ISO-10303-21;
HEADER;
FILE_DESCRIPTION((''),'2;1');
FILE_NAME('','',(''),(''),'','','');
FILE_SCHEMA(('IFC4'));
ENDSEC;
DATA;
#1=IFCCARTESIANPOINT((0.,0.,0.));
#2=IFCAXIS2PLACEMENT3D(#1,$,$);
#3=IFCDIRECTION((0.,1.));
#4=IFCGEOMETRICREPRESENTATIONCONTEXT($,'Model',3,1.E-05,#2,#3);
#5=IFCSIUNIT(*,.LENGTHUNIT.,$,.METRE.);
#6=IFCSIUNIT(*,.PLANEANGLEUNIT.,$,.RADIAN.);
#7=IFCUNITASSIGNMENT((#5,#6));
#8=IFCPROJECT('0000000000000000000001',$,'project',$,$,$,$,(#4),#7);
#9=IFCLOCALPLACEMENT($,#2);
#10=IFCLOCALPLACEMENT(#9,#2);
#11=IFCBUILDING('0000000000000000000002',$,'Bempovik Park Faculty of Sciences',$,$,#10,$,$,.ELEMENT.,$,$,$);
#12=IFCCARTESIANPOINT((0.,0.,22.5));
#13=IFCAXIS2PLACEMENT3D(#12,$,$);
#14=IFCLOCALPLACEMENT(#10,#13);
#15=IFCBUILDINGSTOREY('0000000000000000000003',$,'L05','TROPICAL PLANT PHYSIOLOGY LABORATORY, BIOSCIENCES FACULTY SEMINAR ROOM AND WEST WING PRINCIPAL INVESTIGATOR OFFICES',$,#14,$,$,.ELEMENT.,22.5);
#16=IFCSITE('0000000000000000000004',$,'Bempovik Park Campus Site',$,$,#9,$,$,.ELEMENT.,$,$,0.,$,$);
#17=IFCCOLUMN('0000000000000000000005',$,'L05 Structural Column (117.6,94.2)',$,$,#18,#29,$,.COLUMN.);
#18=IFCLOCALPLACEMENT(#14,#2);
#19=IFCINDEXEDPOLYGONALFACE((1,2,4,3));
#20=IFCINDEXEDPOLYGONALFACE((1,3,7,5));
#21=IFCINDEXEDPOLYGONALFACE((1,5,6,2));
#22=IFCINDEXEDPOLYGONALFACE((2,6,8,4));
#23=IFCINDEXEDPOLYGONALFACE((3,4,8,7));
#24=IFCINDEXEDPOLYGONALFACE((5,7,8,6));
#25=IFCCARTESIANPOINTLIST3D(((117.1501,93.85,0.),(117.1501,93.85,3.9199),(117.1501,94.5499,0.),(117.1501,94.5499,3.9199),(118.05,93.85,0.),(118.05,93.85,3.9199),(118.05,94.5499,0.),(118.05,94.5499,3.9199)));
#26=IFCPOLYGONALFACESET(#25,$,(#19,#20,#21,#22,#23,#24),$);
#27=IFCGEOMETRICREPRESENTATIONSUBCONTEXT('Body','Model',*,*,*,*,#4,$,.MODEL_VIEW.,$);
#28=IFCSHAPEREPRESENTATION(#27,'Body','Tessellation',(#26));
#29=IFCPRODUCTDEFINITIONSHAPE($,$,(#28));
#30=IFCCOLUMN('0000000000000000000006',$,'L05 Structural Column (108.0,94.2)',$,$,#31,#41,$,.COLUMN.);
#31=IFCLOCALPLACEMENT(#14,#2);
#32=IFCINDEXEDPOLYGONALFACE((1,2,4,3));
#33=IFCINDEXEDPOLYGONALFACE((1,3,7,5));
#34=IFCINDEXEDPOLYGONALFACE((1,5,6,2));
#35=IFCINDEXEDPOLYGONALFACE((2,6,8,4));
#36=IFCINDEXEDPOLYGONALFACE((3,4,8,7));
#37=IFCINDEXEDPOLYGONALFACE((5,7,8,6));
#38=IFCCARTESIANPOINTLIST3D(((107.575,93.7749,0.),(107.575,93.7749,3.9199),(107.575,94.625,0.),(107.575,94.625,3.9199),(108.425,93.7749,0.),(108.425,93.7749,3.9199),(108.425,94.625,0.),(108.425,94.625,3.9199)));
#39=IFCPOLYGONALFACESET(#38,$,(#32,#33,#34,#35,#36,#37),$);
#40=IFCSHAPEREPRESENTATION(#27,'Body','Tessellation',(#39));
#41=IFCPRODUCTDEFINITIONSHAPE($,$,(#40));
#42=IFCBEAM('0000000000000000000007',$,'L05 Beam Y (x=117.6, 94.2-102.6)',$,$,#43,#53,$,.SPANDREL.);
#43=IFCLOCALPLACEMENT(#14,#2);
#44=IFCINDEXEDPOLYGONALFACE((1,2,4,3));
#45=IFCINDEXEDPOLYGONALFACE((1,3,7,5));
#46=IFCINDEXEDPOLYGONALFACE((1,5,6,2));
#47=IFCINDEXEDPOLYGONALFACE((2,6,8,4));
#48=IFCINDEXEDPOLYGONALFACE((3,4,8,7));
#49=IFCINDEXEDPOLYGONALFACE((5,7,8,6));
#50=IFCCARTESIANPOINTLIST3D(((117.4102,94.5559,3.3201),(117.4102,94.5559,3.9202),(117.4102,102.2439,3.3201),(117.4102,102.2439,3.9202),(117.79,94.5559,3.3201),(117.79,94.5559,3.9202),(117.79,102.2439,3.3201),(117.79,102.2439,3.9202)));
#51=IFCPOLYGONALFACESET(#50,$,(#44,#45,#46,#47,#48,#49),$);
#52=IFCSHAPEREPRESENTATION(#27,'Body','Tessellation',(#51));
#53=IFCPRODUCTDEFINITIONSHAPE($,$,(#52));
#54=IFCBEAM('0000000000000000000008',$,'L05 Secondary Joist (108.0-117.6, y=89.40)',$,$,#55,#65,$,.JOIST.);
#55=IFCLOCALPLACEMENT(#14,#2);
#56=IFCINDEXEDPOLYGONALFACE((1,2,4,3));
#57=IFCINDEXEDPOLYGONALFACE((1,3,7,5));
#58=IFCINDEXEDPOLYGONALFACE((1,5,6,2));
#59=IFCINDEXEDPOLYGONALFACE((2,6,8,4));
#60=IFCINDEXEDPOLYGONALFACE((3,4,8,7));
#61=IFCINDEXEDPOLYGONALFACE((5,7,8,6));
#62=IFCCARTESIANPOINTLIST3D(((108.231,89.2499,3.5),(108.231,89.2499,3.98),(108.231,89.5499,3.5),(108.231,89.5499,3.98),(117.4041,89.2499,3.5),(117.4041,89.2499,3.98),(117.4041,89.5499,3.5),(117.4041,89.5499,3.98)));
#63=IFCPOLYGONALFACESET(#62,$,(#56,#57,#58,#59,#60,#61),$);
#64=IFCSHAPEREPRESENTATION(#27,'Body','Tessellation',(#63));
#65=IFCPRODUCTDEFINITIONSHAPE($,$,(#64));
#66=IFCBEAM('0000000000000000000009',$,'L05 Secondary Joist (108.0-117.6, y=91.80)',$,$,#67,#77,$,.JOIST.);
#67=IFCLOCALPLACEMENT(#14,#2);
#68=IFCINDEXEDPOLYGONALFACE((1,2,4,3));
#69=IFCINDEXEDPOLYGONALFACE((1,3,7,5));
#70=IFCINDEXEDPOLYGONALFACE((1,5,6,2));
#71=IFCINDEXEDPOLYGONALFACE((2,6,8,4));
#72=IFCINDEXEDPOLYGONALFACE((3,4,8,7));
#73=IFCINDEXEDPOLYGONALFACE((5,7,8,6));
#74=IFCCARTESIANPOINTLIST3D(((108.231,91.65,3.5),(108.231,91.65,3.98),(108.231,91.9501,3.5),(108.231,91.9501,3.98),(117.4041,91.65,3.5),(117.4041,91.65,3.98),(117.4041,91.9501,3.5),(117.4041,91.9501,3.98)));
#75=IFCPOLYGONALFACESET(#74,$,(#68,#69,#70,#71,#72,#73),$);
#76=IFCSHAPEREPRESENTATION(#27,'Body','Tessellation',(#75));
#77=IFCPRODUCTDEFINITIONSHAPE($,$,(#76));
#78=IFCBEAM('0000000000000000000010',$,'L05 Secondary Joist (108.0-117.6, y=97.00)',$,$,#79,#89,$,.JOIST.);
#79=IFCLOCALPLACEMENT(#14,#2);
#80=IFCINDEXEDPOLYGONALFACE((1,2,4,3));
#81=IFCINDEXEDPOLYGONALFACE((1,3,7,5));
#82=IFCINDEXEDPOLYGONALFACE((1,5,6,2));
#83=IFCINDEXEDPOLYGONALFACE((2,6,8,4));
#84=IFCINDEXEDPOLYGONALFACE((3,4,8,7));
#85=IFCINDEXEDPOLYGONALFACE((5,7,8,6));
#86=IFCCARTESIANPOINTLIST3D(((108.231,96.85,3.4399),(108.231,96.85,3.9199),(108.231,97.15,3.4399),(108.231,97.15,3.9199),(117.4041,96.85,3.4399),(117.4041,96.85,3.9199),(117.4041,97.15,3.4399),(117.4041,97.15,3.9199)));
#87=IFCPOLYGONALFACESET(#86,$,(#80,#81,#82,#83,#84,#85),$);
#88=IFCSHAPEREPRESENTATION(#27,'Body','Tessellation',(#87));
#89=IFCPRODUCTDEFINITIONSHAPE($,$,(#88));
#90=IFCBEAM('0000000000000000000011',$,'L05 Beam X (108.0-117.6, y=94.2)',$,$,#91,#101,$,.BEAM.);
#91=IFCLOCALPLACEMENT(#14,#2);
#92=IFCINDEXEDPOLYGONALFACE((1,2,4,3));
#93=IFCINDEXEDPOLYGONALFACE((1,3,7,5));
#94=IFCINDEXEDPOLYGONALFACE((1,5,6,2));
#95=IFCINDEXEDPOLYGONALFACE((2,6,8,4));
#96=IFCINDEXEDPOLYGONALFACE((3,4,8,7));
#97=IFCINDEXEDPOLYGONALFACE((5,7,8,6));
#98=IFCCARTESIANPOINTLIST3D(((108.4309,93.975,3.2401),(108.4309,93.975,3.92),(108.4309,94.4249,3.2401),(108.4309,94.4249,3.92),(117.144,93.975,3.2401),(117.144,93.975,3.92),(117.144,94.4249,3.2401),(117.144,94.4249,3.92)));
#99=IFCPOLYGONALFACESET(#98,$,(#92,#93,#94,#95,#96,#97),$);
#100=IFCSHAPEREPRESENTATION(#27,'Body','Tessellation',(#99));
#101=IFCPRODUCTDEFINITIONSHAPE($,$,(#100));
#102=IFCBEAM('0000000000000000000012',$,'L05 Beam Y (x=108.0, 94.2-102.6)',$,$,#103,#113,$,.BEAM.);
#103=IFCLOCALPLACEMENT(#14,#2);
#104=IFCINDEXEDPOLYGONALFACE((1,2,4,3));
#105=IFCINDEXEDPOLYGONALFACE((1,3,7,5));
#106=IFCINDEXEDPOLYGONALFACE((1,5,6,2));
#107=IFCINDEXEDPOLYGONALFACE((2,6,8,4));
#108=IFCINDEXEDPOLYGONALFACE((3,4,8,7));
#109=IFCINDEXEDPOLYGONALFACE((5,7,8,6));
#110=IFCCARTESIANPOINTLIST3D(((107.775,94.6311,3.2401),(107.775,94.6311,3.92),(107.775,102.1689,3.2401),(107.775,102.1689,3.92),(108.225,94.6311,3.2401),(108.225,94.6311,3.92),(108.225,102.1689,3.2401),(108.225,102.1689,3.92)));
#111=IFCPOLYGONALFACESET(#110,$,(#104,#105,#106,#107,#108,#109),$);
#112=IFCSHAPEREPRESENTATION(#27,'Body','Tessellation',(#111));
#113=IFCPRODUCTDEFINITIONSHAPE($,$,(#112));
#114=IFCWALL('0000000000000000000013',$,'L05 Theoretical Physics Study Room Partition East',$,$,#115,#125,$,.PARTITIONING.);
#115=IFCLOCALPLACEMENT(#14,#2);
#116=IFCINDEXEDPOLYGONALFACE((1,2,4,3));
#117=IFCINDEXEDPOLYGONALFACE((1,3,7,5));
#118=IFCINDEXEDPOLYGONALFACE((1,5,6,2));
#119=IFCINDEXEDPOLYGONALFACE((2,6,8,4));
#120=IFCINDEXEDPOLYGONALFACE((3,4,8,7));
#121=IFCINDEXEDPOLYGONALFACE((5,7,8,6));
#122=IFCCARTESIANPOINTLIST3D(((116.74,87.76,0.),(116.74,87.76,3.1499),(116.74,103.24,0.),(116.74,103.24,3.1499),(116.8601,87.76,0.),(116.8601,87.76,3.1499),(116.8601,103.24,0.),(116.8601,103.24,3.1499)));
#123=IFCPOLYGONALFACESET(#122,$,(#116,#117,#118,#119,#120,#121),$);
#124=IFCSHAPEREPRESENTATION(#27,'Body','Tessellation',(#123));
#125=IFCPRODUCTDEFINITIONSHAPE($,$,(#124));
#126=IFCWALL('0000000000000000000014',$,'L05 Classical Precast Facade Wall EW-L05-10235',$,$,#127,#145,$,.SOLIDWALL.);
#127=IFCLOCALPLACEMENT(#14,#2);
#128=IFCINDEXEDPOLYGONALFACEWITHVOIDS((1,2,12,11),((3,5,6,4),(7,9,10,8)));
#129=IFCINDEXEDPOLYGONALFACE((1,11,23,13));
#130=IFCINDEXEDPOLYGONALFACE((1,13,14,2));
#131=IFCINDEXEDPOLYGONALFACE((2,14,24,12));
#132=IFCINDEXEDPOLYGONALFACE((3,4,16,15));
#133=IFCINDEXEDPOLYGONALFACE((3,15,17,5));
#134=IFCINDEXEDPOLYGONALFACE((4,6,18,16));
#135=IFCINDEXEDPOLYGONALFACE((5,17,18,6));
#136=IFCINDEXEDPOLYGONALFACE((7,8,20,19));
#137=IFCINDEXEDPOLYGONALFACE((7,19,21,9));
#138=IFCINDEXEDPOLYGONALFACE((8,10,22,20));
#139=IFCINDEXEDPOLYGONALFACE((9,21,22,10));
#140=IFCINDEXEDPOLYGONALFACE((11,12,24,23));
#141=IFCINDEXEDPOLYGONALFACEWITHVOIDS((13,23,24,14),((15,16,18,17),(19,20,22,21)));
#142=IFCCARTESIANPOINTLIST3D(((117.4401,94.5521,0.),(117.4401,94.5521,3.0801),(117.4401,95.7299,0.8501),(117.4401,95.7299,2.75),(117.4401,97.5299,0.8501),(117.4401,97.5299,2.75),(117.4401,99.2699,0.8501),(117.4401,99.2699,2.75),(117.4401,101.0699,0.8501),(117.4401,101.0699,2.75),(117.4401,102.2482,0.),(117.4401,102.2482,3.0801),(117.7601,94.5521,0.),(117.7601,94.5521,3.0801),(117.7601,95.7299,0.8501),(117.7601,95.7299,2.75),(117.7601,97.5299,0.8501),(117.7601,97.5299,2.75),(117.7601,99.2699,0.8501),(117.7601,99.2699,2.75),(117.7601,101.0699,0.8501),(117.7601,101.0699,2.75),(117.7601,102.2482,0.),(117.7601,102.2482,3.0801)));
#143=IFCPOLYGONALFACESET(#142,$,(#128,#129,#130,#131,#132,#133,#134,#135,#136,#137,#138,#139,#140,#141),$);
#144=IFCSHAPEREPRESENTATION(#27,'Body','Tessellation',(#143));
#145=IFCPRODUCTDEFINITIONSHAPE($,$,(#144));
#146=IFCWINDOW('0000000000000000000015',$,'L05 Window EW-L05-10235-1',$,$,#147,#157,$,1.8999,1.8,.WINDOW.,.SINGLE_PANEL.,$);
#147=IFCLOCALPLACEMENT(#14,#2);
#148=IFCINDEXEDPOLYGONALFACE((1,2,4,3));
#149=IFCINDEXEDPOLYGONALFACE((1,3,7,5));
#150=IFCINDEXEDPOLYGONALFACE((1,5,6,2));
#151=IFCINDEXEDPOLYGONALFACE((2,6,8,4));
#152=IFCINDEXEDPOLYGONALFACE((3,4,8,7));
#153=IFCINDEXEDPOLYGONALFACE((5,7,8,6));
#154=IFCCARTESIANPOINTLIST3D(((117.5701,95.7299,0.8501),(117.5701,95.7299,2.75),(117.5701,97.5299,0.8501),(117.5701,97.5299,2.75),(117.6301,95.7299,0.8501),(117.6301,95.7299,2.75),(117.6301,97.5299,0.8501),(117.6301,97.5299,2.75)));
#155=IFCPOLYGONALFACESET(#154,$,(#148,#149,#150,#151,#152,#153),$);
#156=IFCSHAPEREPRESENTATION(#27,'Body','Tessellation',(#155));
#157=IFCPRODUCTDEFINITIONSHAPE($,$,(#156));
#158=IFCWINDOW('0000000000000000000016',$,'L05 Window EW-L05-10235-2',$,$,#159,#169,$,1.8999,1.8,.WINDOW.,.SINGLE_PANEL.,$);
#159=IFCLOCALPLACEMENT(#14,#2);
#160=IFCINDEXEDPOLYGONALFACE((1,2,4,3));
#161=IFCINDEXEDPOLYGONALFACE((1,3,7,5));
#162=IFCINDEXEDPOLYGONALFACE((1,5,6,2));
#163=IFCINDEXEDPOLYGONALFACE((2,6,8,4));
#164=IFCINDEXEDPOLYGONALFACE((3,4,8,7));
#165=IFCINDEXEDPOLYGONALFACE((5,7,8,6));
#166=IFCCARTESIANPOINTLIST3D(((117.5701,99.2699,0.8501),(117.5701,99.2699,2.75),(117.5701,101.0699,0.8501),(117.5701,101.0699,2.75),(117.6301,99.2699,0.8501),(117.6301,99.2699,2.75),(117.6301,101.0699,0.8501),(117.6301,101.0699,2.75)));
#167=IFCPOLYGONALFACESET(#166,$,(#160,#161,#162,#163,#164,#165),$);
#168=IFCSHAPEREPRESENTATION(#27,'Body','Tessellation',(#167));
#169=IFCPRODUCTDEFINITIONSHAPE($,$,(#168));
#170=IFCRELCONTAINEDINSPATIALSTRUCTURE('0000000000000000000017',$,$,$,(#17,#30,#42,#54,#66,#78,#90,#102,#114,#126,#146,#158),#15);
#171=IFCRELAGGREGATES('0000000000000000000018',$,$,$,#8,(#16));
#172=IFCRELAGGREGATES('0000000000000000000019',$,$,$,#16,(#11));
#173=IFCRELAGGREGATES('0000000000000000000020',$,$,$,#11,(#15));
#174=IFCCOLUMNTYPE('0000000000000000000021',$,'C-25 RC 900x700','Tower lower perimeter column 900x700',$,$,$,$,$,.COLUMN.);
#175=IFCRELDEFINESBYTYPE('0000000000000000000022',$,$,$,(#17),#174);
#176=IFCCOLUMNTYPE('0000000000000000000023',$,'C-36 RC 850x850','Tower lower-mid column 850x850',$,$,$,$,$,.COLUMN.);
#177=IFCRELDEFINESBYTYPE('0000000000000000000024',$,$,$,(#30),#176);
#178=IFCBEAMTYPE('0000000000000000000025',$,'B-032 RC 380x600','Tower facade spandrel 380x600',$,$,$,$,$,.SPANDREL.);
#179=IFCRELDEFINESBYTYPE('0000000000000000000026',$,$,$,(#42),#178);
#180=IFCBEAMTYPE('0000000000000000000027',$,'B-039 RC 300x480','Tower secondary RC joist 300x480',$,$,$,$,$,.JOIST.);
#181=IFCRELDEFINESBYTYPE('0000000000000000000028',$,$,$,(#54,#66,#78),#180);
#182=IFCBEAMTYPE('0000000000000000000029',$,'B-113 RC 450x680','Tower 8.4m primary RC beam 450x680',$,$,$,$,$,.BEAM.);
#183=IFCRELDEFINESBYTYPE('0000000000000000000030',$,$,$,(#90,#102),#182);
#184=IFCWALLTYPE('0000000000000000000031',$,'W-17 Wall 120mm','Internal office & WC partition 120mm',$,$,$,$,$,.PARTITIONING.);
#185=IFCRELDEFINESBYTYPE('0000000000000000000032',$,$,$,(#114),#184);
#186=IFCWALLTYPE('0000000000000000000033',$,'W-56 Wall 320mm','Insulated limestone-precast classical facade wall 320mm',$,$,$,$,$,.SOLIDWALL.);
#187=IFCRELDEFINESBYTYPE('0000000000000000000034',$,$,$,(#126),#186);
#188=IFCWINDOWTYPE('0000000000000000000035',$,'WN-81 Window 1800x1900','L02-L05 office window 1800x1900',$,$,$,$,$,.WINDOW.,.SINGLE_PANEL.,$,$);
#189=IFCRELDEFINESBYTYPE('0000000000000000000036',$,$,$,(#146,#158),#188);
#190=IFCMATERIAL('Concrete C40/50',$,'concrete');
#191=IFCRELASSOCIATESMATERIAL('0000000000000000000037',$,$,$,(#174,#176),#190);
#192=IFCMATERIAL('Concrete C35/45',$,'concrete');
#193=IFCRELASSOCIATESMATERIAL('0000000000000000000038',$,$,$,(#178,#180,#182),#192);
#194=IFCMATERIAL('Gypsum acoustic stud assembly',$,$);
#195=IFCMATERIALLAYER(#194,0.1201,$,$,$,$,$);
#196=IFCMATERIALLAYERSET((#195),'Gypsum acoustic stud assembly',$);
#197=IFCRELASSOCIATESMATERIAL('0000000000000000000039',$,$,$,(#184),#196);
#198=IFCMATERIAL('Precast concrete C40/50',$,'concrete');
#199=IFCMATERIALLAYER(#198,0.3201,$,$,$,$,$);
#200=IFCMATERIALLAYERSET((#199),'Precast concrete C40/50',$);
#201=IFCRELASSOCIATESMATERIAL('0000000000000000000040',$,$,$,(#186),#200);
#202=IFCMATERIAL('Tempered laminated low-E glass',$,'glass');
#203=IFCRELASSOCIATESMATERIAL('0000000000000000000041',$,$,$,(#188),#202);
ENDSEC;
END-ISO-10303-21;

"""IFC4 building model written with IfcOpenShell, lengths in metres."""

from ifc_helpers import new_model, si_unit, direction, frame, frame_2d, origin, origin_2d, place, context, subcontext, project, spatial, rectangle, extrude, material, layer, layer_set, material_profile, profile_set, type_object, element, fill, save


model = new_model("IFC4")

# Units and contexts
model_context = context("Model", 3, precision=1e-05, world=origin(), true_north=direction((0.0, 1.0)))
body_context = subcontext(model_context, "Body", "Model", "MODEL_VIEW")
ifc_project = project(units=[si_unit("LENGTHUNIT", "METRE"), si_unit("PLANEANGLEUNIT", "RADIAN")], contexts=[model_context])

# Site, building, storey
site_placement = place(None, origin())
site = spatial("IfcSite", under=ifc_project, at=site_placement, Name="Bempovik Park Campus Site", CompositionType="ELEMENT", RefElevation=0.0)
building_placement = place(site_placement, origin())
building = spatial("IfcBuilding", under=site, at=building_placement, Name="Bempovik Park Faculty of Sciences", CompositionType="ELEMENT")
storey_placement = place(building_placement, frame((0.0, 0.0, 22.5)))
storey = spatial("IfcBuildingStorey", under=building, at=storey_placement, Name="L05", Description="TROPICAL PLANT PHYSIOLOGY LABORATORY, BIOSCIENCES FACULTY SEMINAR ROOM AND WEST WING PRINCIPAL INVESTIGATOR OFFICES", CompositionType="ELEMENT", Elevation=22.5)

# Columns
ifc_material_1 = material(Name="Concrete C40/50", Category="concrete")
ifc_material_profile_1 = material_profile(ifc_material_1, rectangle(XDim=0.8999, YDim=0.7, at=origin_2d()), Name="RC 900x700")
ifc_profile_set_1 = profile_set([ifc_material_profile_1], Name="Concrete C40/50")
column_type_1 = type_object("IfcColumnType", Name="C-25 RC 900x700", Description="Tower lower perimeter column 900x700", PredefinedType="COLUMN", material=ifc_profile_set_1)
column_1_placement = place(storey_placement, frame((117.6001, 94.2, 0.0), z_axis=(0.0, 0.0, 1.0), x_axis=(1.0, 0.0, 0.0)))
element("IfcColumn", 1, at=column_1_placement, inside=storey, type_object=column_type_1, Name="L05 Structural Column (117.6,94.2)", PredefinedType="COLUMN", context=body_context, shape_type="SweptSolid", body=[
    extrude(rectangle(XDim=0.8999, YDim=0.7, at=origin_2d()), origin(), (0.0, 0.0, 1.0), 3.9199),
])
ifc_material_profile_2 = material_profile(ifc_material_1, rectangle(XDim=0.8501, YDim=0.8501, at=origin_2d()), Name="RC 850x850")
ifc_profile_set_2 = profile_set([ifc_material_profile_2], Name="Concrete C40/50")
column_type_2 = type_object("IfcColumnType", Name="C-36 RC 850x850", Description="Tower lower-mid column 850x850", PredefinedType="COLUMN", material=ifc_profile_set_2)
column_2_placement = place(storey_placement, frame((108.0, 94.2, 0.0), z_axis=(0.0, 0.0, 1.0), x_axis=(1.0, 0.0, 0.0)))
element("IfcColumn", 2, at=column_2_placement, inside=storey, type_object=column_type_2, Name="L05 Structural Column (108.0,94.2)", PredefinedType="COLUMN", context=body_context, shape_type="SweptSolid", body=[
    extrude(rectangle(XDim=0.8501, YDim=0.8501, at=origin_2d()), origin(), (0.0, 0.0, 1.0), 3.9199),
])

# Beams
ifc_material_2 = material(Name="Concrete C35/45", Category="concrete")
ifc_material_profile_3 = material_profile(ifc_material_2, rectangle(XDim=0.3799, YDim=0.6001, at=origin_2d()), Name="RC 380x600")
ifc_profile_set_3 = profile_set([ifc_material_profile_3], Name="Concrete C35/45")
beam_type_1 = type_object("IfcBeamType", Name="B-032 RC 380x600", Description="Tower facade spandrel 380x600", PredefinedType="SPANDREL", material=ifc_profile_set_3)
beam_1_placement = place(storey_placement, frame((117.6001, 94.5559, 3.6201), z_axis=(0.0, 1.0, 0.0), x_axis=(-1.0, 0.0, 0.0)))
element("IfcBeam", 3, at=beam_1_placement, inside=storey, type_object=beam_type_1, Name="L05 Beam Y (x=117.6, 94.2-102.6)", PredefinedType="SPANDREL", context=body_context, shape_type="SweptSolid", body=[
    extrude(rectangle(XDim=0.3799, YDim=0.6001, at=origin_2d()), origin(), (0.0, 0.0, 1.0), 7.688),
])
ifc_material_profile_4 = material_profile(ifc_material_2, rectangle(XDim=0.3, YDim=0.48, at=origin_2d()), Name="RC 300x480")
ifc_profile_set_4 = profile_set([ifc_material_profile_4], Name="Concrete C35/45")
beam_type_2 = type_object("IfcBeamType", Name="B-039 RC 300x480", Description="Tower secondary RC joist 300x480", PredefinedType="JOIST", material=ifc_profile_set_4)
for number, where, z_axis, x_axis, name in (
    (4, (108.231, 89.3999, 3.74), (1.0, 0.0, 0.0), (0.0, 1.0, 0.0), "L05 Secondary Joist (108.0-117.6, y=89.40)"),
    (5, (108.231, 91.8, 3.74), (1.0, 0.0, 0.0), (0.0, 1.0, 0.0), "L05 Secondary Joist (108.0-117.6, y=91.80)"),
    (6, (108.231, 97.0, 3.6799), (1.0, 0.0, 0.0), (0.0, 1.0, 0.0), "L05 Secondary Joist (108.0-117.6, y=97.00)"),
):
    element("IfcBeam", number, at=place(storey_placement, frame(where, z_axis=z_axis, x_axis=x_axis)), inside=storey, type_object=beam_type_2, Name=name, PredefinedType="JOIST", context=body_context, shape_type="SweptSolid", body=[
        extrude(rectangle(XDim=0.3, YDim=0.48, at=origin_2d()), origin(), (0.0, 0.0, 1.0), 9.1731),
    ])
ifc_material_profile_5 = material_profile(ifc_material_2, rectangle(XDim=0.45, YDim=0.6799, at=origin_2d()), Name="RC 450x680")
ifc_profile_set_5 = profile_set([ifc_material_profile_5], Name="Concrete C35/45")
beam_type_3 = type_object("IfcBeamType", Name="B-113 RC 450x680", Description="Tower 8.4m primary RC beam 450x680", PredefinedType="BEAM", material=ifc_profile_set_5)
beam_2_placement = place(storey_placement, frame((108.4309, 94.2, 3.5801), z_axis=(1.0, 0.0, 0.0), x_axis=(0.0, 1.0, 0.0)))
element("IfcBeam", 7, at=beam_2_placement, inside=storey, type_object=beam_type_3, Name="L05 Beam X (108.0-117.6, y=94.2)", PredefinedType="BEAM", context=body_context, shape_type="SweptSolid", body=[
    extrude(rectangle(XDim=0.45, YDim=0.6799, at=origin_2d()), origin(), (0.0, 0.0, 1.0), 8.7131),
])
beam_3_placement = place(storey_placement, frame((108.0, 94.6311, 3.5801), z_axis=(0.0, 1.0, 0.0), x_axis=(-1.0, 0.0, 0.0)))
element("IfcBeam", 8, at=beam_3_placement, inside=storey, type_object=beam_type_3, Name="L05 Beam Y (x=108.0, 94.2-102.6)", PredefinedType="BEAM", context=body_context, shape_type="SweptSolid", body=[
    extrude(rectangle(XDim=0.45, YDim=0.6799, at=origin_2d()), origin(), (0.0, 0.0, 1.0), 7.5378),
])

# Wall
ifc_material_3 = material(Name="Gypsum acoustic stud assembly")
ifc_layer_1 = layer(ifc_material_3, 0.1201)
ifc_layer_set_1 = layer_set([ifc_layer_1], Name="Gypsum acoustic stud assembly")
wall_type_1 = type_object("IfcWallType", Name="W-17 Wall 120mm", Description="Internal office & WC partition 120mm", PredefinedType="PARTITIONING", material=ifc_layer_set_1)
wall_1_placement = place(storey_placement, frame((116.8, 87.76, 0.0), z_axis=(0.0, 0.0, 1.0), x_axis=(0.0, 1.0, 0.0)))
element("IfcWall", 9, at=wall_1_placement, inside=storey, type_object=wall_type_1, Name="L05 Theoretical Physics Study Room Partition East", PredefinedType="PARTITIONING", context=body_context, shape_type="SweptSolid", body=[
    extrude(rectangle(XDim=15.48, YDim=0.1201, at=frame_2d((7.74, 0.0))), origin(), (0.0, 0.0, 1.0), 3.1499),
])

# Wall, openings, windows
ifc_material_4 = material(Name="Precast concrete C40/50", Category="concrete")
ifc_layer_2 = layer(ifc_material_4, 0.3201)
ifc_layer_set_2 = layer_set([ifc_layer_2], Name="Precast concrete C40/50")
wall_type_2 = type_object("IfcWallType", Name="W-56 Wall 320mm", Description="Insulated limestone-precast classical facade wall 320mm", PredefinedType="SOLIDWALL", material=ifc_layer_set_2)
wall_2_placement = place(storey_placement, frame((117.6001, 94.552, 0.0), z_axis=(0.0, 0.0, 1.0), x_axis=(0.0, 1.0, 0.0)))
wall_2 = element("IfcWall", 10, at=wall_2_placement, inside=storey, type_object=wall_type_2, Name="L05 Classical Precast Facade Wall EW-L05-10235", PredefinedType="SOLIDWALL", context=body_context, shape_type="SweptSolid", body=[
    extrude(rectangle(XDim=7.696, YDim=0.3201, at=frame_2d((3.8481, 0.0))), origin(), (0.0, 0.0, 1.0), 3.0801),
])
opening_1_placement = place(wall_2_placement, frame((1.178, 0.0, 0.8501)))
opening_1 = element("IfcOpeningElement", 11, at=opening_1_placement, cuts=wall_2, PredefinedType="OPENING", context=body_context, shape_type="SweptSolid", body=[
    extrude(rectangle(XDim=1.8, YDim=1.8999, at=frame_2d((0.8999, 0.95))), frame((0.0, 0.1699, 0.0), z_axis=(0.0, -1.0, 0.0), x_axis=(1.0, 0.0, 0.0)), (0.0, 0.0, 1.0), 0.3401),
])
opening_2_placement = place(wall_2_placement, frame((4.718, 0.0, 0.8501)))
opening_2 = element("IfcOpeningElement", 12, at=opening_2_placement, cuts=wall_2, PredefinedType="OPENING", context=body_context, shape_type="SweptSolid", body=[
    extrude(rectangle(XDim=1.8, YDim=1.8999, at=frame_2d((0.8999, 0.95))), frame((0.0, 0.1699, 0.0), z_axis=(0.0, -1.0, 0.0), x_axis=(1.0, 0.0, 0.0)), (0.0, 0.0, 1.0), 0.3401),
])
ifc_material_5 = material(Name="Tempered laminated low-E glass", Category="glass")
window_type = type_object("IfcWindowType", Name="WN-81 Window 1800x1900", Description="L02-L05 office window 1800x1900", PartitioningType="SINGLE_PANEL", PredefinedType="WINDOW", material=ifc_material_5)
window_1_placement = place(opening_1_placement, origin())
window_1 = element("IfcWindow", 13, at=window_1_placement, inside=storey, type_object=window_type, Name="L05 Window EW-L05-10235-1", OverallHeight=1.8999, OverallWidth=1.8, PartitioningType="SINGLE_PANEL", PredefinedType="WINDOW", context=body_context, shape_type="SweptSolid", body=[
    extrude(rectangle(XDim=1.8, YDim=1.8999, at=frame_2d((0.8999, 0.95))), frame((0.0, 0.03, 0.0), z_axis=(0.0, -1.0, 0.0), x_axis=(1.0, 0.0, 0.0)), (0.0, 0.0, 1.0), 0.0601),
])
fill(opening_1, window_1)
window_2_placement = place(opening_2_placement, origin())
window_2 = element("IfcWindow", 14, at=window_2_placement, inside=storey, type_object=window_type, Name="L05 Window EW-L05-10235-2", OverallHeight=1.8999, OverallWidth=1.8, PartitioningType="SINGLE_PANEL", PredefinedType="WINDOW", context=body_context, shape_type="SweptSolid", body=[
    extrude(rectangle(XDim=1.8, YDim=1.8999, at=frame_2d((0.8999, 0.95))), frame((0.0, 0.03, 0.0), z_axis=(0.0, -1.0, 0.0), x_axis=(1.0, 0.0, 0.0)), (0.0, 0.0, 1.0), 0.0601),
])
fill(opening_2, window_2)

save(model, "model.ifc")
